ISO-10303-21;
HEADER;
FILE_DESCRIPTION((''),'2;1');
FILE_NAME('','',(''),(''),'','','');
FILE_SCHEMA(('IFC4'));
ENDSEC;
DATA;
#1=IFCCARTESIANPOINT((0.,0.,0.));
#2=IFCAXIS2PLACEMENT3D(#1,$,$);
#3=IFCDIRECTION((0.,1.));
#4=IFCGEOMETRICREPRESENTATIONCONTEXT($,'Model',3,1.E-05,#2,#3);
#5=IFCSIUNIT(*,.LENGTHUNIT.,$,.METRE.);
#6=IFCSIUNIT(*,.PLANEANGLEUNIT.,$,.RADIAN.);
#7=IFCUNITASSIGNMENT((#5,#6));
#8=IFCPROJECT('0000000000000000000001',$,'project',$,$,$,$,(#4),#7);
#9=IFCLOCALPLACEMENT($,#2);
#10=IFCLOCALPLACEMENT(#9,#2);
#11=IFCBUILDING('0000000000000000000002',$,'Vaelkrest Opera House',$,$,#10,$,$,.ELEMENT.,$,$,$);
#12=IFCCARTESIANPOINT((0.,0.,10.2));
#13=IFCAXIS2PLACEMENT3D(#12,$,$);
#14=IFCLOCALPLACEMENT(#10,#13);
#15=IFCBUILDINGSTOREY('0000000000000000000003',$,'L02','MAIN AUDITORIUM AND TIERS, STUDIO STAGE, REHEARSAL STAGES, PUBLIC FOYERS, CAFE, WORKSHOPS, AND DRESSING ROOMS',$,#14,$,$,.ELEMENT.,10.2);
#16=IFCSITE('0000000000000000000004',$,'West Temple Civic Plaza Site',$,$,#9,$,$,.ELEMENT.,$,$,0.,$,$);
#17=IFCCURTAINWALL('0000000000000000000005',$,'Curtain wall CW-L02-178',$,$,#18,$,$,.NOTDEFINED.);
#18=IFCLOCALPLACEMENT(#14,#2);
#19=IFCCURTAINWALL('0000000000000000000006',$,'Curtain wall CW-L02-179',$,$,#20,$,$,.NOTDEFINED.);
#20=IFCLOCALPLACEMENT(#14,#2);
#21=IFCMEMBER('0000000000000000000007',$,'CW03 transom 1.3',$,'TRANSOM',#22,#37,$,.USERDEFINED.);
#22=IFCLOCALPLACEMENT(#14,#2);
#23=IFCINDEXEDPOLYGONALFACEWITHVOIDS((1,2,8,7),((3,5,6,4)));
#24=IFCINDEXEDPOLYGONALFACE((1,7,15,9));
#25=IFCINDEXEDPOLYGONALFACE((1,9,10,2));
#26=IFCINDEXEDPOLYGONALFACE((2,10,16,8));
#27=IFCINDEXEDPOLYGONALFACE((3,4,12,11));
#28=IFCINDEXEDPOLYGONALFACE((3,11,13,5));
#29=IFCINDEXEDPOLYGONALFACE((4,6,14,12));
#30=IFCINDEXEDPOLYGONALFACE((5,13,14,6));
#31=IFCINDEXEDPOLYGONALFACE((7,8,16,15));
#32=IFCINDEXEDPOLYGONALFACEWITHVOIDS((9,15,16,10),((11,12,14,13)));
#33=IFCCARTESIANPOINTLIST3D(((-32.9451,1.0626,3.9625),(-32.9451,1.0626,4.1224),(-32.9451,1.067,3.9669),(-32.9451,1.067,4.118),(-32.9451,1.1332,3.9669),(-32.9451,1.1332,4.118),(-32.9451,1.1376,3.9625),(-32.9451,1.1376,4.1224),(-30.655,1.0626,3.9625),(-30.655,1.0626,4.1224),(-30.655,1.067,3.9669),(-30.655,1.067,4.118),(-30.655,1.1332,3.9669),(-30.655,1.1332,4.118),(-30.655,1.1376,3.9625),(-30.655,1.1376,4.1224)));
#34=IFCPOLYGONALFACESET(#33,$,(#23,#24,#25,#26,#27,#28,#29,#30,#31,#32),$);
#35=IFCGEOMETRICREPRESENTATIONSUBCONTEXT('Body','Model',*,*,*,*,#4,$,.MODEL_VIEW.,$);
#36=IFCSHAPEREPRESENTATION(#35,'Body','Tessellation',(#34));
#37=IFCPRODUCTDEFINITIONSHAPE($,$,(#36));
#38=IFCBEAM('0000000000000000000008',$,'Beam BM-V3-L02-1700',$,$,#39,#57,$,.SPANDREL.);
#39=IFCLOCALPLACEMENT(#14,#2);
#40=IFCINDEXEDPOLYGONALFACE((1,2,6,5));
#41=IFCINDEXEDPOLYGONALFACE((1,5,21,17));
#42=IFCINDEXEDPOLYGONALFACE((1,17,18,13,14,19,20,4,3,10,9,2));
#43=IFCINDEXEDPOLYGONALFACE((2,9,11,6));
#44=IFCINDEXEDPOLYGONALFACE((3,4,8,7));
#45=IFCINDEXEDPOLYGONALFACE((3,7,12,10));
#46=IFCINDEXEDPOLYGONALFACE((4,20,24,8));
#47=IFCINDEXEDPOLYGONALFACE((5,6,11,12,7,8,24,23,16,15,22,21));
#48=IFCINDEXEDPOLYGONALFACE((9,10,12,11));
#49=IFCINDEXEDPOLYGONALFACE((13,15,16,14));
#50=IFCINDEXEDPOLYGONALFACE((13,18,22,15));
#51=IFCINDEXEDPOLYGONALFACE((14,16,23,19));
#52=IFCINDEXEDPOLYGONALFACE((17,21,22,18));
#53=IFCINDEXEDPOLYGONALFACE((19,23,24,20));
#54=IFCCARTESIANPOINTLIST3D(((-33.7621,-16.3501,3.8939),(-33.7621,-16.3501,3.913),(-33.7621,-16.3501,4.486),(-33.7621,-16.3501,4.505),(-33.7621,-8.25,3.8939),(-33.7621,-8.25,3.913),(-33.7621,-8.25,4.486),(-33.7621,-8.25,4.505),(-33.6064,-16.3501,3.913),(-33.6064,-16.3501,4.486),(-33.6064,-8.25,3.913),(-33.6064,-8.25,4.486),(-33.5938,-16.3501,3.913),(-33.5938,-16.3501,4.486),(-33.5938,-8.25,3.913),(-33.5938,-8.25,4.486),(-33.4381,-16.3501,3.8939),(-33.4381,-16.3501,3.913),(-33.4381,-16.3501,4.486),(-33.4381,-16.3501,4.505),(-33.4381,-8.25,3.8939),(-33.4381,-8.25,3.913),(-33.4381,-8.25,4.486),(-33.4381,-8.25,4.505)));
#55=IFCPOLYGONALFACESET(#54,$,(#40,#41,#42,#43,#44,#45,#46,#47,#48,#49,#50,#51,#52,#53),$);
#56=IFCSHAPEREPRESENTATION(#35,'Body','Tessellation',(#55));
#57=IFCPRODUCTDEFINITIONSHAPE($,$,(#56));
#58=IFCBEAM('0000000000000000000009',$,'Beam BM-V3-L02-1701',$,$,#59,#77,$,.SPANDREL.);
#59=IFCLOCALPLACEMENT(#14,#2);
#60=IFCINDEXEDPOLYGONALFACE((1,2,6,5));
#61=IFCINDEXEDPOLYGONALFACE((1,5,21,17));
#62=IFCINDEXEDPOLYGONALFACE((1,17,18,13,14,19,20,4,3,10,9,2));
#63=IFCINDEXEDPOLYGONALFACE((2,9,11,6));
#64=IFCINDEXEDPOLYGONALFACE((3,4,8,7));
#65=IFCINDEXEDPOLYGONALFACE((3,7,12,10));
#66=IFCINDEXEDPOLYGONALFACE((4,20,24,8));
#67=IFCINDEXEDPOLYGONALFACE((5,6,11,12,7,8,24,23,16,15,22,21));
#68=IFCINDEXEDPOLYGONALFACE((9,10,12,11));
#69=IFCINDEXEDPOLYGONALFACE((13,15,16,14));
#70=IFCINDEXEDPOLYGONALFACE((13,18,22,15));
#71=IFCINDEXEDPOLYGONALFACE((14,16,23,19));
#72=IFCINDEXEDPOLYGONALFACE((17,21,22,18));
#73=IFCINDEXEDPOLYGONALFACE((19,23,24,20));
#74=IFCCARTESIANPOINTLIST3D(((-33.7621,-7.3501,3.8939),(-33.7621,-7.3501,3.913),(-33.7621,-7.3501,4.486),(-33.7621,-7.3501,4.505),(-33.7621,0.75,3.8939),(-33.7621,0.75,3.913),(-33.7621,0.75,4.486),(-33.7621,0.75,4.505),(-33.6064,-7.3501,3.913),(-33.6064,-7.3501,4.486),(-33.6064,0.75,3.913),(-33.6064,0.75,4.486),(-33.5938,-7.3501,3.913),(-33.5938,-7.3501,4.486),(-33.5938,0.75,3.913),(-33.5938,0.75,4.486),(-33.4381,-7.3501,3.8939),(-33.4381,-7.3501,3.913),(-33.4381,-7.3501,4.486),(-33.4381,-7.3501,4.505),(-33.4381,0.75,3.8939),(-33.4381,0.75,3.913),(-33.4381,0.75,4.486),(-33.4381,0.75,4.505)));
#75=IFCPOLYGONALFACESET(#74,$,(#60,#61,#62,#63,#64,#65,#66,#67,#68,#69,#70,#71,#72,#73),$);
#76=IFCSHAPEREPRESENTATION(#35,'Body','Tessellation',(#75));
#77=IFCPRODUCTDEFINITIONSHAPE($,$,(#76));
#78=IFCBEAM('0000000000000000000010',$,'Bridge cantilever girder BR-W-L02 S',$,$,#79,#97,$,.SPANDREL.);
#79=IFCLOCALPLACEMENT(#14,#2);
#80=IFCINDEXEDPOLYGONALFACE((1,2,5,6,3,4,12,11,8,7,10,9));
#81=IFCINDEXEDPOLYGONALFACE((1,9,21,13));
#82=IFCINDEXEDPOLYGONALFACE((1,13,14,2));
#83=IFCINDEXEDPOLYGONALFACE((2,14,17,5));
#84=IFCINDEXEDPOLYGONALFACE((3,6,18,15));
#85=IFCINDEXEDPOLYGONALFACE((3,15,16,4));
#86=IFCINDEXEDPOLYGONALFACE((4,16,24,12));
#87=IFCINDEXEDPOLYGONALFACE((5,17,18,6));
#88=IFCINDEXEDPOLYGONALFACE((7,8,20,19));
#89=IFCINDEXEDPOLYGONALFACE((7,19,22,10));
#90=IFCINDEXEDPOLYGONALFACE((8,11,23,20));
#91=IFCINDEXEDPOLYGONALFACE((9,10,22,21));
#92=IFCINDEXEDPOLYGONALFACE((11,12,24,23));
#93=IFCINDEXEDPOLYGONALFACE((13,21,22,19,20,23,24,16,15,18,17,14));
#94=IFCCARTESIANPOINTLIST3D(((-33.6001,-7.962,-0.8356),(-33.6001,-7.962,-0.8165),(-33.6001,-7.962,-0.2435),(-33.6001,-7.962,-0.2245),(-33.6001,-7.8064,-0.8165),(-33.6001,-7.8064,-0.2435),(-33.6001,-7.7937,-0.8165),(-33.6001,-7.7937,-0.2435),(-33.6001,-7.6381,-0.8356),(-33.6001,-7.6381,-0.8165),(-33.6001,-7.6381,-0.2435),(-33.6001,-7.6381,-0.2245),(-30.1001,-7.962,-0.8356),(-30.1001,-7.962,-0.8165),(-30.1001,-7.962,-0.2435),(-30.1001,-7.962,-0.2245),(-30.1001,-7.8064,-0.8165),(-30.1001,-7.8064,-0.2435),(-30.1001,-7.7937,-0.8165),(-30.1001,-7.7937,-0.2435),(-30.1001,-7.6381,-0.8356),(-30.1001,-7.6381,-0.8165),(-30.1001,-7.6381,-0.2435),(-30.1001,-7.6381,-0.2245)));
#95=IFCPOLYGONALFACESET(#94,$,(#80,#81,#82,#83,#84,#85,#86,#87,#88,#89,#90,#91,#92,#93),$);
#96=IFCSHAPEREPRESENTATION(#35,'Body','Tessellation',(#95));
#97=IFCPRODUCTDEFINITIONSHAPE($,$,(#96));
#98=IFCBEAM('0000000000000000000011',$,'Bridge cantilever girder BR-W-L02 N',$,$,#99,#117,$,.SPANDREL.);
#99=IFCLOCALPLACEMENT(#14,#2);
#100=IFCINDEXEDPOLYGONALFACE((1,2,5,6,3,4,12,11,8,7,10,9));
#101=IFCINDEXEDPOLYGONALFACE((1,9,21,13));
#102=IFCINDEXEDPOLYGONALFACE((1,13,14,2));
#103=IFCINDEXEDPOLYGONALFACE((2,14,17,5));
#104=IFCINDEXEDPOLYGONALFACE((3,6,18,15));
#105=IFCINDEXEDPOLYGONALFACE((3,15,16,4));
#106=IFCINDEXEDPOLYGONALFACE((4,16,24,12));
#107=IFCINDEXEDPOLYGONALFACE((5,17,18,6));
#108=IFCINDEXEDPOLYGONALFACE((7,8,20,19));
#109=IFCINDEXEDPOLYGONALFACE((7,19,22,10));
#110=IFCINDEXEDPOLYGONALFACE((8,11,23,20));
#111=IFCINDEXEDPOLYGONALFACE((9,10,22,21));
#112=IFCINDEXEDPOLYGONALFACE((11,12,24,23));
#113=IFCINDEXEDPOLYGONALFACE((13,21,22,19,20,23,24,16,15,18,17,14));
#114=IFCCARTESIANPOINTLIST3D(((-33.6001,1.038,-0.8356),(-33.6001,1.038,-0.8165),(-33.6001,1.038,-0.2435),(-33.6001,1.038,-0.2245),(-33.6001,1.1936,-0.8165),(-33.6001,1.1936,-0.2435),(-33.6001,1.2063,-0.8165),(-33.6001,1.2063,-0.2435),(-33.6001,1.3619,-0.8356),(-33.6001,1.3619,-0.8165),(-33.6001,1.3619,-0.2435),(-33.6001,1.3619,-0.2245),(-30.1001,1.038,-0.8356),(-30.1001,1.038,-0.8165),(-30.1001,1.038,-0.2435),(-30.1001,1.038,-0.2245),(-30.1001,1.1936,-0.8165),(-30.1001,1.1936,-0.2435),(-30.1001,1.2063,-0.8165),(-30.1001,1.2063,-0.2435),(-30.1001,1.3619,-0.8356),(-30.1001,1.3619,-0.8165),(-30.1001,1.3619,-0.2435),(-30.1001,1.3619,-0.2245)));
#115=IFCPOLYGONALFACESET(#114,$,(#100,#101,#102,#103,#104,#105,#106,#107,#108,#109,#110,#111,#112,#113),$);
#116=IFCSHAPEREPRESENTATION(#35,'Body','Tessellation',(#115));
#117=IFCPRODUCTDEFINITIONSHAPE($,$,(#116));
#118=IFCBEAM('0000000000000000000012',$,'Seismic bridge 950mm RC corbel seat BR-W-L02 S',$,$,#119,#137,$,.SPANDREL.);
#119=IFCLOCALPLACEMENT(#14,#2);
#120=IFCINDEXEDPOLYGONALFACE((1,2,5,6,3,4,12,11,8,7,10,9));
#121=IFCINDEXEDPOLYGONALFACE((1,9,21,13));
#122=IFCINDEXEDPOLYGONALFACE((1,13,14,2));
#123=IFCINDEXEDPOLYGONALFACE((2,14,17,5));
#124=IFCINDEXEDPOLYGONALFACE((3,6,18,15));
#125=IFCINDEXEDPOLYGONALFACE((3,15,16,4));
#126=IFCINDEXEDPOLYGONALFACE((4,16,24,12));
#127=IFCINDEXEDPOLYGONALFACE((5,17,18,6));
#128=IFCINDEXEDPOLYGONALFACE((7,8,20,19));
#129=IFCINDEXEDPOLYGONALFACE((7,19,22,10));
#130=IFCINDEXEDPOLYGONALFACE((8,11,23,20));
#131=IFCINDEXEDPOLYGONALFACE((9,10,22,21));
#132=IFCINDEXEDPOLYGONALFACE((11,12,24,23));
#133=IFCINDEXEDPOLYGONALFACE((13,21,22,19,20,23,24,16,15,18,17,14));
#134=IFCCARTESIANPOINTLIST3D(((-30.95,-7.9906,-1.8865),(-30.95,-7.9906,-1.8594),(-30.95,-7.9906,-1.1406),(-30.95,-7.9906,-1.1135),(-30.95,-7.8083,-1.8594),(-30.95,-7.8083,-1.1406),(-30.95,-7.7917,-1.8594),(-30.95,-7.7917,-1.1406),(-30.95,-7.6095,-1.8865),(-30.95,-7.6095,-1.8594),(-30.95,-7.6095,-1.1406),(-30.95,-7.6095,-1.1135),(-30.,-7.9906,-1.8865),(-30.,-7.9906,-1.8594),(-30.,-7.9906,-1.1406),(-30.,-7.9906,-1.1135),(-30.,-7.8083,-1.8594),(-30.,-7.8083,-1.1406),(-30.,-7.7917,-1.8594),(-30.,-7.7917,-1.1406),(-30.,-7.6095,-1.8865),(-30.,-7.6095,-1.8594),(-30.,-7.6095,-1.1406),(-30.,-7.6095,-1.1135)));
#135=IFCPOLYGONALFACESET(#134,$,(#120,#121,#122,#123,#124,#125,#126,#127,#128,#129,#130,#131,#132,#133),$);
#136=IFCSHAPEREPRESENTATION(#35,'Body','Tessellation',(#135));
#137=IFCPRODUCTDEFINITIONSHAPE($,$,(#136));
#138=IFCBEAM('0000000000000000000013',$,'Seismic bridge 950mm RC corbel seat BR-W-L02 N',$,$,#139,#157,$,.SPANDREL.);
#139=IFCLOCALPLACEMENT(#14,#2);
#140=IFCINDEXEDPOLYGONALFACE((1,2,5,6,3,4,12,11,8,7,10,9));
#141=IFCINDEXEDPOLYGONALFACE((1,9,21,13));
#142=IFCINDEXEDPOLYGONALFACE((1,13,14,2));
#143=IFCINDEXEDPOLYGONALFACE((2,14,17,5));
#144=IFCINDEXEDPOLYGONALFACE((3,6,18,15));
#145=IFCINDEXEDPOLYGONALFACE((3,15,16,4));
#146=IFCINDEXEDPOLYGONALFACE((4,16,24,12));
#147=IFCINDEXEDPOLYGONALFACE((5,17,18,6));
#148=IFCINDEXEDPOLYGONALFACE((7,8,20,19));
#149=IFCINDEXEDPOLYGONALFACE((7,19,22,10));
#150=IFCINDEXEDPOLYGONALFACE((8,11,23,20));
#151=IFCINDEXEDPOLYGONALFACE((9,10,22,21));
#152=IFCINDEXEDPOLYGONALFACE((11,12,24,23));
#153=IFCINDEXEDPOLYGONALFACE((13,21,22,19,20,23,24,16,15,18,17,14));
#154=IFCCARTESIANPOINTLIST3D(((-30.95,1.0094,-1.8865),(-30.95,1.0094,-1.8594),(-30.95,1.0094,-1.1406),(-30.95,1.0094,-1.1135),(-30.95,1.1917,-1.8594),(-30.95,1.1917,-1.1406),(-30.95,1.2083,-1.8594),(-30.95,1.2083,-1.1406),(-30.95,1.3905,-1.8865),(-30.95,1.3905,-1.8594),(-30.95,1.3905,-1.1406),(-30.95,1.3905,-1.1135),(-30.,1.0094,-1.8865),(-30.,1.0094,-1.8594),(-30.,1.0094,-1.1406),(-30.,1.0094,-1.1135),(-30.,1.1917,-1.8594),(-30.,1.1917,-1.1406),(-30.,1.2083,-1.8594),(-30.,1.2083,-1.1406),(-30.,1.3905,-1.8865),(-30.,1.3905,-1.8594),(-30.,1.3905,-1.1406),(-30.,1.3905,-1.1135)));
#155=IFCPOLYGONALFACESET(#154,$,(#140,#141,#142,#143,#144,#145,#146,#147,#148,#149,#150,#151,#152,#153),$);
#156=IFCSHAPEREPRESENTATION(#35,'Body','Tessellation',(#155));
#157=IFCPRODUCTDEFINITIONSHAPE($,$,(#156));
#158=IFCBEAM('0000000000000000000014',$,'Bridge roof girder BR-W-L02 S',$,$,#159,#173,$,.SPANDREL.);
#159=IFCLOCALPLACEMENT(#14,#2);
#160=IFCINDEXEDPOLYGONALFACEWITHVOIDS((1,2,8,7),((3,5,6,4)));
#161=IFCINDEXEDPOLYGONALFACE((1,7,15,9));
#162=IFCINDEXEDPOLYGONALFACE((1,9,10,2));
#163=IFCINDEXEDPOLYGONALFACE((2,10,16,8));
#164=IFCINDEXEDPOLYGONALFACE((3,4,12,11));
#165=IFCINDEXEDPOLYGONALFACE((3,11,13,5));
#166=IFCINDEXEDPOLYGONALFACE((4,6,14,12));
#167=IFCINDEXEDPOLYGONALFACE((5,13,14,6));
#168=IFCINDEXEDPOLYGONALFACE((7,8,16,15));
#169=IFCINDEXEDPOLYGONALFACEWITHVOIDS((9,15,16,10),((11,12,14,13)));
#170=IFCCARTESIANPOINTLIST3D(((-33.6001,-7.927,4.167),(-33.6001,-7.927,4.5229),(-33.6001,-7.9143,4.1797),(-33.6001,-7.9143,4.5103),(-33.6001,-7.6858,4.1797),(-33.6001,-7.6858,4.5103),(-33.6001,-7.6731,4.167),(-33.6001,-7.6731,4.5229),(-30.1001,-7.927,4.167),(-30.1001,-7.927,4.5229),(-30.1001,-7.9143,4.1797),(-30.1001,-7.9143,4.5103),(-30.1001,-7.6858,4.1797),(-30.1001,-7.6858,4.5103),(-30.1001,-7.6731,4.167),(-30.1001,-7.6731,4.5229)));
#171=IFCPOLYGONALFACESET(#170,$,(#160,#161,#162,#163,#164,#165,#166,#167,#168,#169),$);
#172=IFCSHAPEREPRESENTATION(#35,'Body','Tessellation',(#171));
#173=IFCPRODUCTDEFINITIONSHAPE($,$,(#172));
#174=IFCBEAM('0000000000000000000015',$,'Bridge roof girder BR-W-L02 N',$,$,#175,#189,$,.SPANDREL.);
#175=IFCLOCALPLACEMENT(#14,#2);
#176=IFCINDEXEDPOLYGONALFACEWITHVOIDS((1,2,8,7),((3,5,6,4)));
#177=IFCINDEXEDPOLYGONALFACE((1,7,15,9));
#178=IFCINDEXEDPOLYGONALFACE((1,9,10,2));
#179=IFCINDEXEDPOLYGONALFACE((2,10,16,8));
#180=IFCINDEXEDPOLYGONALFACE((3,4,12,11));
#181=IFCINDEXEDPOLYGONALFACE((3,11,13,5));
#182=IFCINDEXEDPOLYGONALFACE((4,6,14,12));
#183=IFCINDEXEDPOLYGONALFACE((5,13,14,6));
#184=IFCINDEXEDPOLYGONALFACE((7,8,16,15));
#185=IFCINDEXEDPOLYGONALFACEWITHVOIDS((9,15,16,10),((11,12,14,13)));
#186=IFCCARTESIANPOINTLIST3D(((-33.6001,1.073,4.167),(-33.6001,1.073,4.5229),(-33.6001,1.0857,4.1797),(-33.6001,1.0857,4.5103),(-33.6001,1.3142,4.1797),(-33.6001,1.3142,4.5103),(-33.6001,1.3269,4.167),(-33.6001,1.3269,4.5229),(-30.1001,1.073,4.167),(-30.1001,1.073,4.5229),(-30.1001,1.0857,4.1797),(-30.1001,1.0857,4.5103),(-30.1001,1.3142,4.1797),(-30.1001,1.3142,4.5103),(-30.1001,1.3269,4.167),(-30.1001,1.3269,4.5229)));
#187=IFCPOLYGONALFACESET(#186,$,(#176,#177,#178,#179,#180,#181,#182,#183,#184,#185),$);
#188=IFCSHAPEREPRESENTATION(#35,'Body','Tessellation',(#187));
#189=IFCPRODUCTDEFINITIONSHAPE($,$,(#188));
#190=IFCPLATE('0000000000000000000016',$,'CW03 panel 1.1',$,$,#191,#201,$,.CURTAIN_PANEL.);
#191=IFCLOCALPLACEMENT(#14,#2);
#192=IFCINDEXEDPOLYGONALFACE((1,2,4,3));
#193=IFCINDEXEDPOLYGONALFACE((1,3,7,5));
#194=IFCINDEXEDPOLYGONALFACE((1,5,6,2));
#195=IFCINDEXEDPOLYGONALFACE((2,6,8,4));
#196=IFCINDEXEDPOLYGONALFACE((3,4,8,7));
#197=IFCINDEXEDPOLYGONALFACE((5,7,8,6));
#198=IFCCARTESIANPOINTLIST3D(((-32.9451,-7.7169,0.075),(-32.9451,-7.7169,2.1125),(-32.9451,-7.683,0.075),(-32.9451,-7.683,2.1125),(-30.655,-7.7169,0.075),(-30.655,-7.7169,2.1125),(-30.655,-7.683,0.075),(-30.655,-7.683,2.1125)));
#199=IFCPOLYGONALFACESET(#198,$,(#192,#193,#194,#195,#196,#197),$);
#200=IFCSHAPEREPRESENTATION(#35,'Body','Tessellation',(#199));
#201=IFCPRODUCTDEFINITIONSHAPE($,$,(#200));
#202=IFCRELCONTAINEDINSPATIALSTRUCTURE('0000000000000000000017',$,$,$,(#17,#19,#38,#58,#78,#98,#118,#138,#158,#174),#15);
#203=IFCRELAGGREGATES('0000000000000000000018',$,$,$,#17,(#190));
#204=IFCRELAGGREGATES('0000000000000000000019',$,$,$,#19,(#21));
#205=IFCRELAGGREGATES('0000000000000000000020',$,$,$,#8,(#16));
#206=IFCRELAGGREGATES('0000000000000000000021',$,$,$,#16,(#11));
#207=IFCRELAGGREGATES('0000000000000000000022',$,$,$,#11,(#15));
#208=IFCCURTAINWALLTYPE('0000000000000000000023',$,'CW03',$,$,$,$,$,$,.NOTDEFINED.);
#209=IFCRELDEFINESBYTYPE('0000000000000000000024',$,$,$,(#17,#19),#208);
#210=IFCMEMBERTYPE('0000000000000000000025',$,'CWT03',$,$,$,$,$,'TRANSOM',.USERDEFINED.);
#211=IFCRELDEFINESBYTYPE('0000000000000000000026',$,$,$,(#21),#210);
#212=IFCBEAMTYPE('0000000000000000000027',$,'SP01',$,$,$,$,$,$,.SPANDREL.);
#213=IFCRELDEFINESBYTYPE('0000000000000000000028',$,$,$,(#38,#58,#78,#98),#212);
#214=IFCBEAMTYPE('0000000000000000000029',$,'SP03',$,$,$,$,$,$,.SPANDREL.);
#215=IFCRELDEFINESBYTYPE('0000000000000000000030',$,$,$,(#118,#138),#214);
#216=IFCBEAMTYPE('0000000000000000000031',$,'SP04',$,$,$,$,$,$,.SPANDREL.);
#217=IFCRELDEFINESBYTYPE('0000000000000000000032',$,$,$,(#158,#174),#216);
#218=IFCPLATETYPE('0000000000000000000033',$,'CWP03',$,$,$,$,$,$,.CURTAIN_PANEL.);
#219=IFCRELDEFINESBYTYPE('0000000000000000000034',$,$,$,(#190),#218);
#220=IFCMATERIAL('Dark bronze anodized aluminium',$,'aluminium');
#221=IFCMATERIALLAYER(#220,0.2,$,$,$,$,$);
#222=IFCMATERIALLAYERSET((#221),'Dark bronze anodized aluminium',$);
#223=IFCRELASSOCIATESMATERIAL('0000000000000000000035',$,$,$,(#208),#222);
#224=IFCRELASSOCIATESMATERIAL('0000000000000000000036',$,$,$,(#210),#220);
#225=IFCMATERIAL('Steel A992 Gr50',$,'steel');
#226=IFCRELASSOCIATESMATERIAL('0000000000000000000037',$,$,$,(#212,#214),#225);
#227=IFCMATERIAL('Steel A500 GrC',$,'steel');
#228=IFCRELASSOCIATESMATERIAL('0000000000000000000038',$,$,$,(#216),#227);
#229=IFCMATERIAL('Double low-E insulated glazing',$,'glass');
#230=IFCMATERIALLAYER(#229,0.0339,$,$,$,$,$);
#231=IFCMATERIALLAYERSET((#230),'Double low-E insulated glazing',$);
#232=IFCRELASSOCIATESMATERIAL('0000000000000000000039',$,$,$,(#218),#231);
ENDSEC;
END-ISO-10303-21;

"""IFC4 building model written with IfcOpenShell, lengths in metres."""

from ifc_helpers import new_model, si_unit, direction, frame, origin, origin_2d, place, context, subcontext, project, spatial, rectangle, hollow_rectangle, i_section, extrude, material, layer, layer_set, material_profile, profile_set, type_object, element, aggregate, save


model = new_model("IFC4")

# Units and contexts
model_context = context("Model", 3, precision=1e-05, world=origin(), true_north=direction((0.0, 1.0)))
body_context = subcontext(model_context, "Body", "Model", "MODEL_VIEW")
ifc_project = project(units=[si_unit("LENGTHUNIT", "METRE"), si_unit("PLANEANGLEUNIT", "RADIAN")], contexts=[model_context])

# Site, building, storey
site_placement = place(None, origin())
site = spatial("IfcSite", under=ifc_project, at=site_placement, Name="West Temple Civic Plaza Site", CompositionType="ELEMENT", RefElevation=0.0)
building_placement = place(site_placement, origin())
building = spatial("IfcBuilding", under=site, at=building_placement, Name="Vaelkrest Opera House", CompositionType="ELEMENT")
storey_placement = place(building_placement, frame((0.0, 0.0, 10.2)))
storey = spatial("IfcBuildingStorey", under=building, at=storey_placement, Name="L02", Description="MAIN AUDITORIUM AND TIERS, STUDIO STAGE, REHEARSAL STAGES, PUBLIC FOYERS, CAFE, WORKSHOPS, AND DRESSING ROOMS", CompositionType="ELEMENT", Elevation=10.2)

# Curtain walls
ifc_material_1 = material(Name="Dark bronze anodized aluminium", Category="aluminium")
ifc_layer_1 = layer(ifc_material_1, 0.2)
ifc_layer_set_1 = layer_set([ifc_layer_1], Name="Dark bronze anodized aluminium")
curtain_wall_type = type_object("IfcCurtainWallType", Name="CW03", PredefinedType="NOTDEFINED", material=ifc_layer_set_1)
curtain_wall_1_placement = place(storey_placement, origin())
curtain_wall_1 = element("IfcCurtainWall", 1, at=curtain_wall_1_placement, inside=storey, type_object=curtain_wall_type, Name="Curtain wall CW-L02-178", PredefinedType="NOTDEFINED")
curtain_wall_2_placement = place(storey_placement, origin())
curtain_wall_2 = element("IfcCurtainWall", 2, at=curtain_wall_2_placement, inside=storey, type_object=curtain_wall_type, Name="Curtain wall CW-L02-179", PredefinedType="NOTDEFINED")

# Member
ifc_material_profile_1 = material_profile(ifc_material_1, hollow_rectangle(XDim=0.075, YDim=0.1599, WallThickness=0.0044, at=origin_2d()), Name="CWT75X160")
ifc_profile_set_1 = profile_set([ifc_material_profile_1], Name="Dark bronze anodized aluminium")
member_type_1 = type_object("IfcMemberType", Name="CWT03", ElementType="TRANSOM", PredefinedType="USERDEFINED", material=ifc_profile_set_1)
member_1_placement = place(storey_placement, frame((-32.9451, 1.1001, 4.0425), z_axis=(1.0, 0.0, 0.0), x_axis=(0.0, 1.0, 0.0)))
member_1 = element("IfcMember", 3, at=member_1_placement, type_object=member_type_1, Name="CW03 transom 1.3", ObjectType="TRANSOM", PredefinedType="USERDEFINED", context=body_context, shape_type="SweptSolid", body=[
    extrude(hollow_rectangle(XDim=0.075, YDim=0.1599, WallThickness=0.0044, at=origin_2d()), origin(), (0.0, 0.0, 1.0), 2.29),
])

# Beams
ifc_material_2 = material(Name="Steel A992 Gr50", Category="steel")
ifc_material_profile_2 = material_profile(ifc_material_2, i_section(OverallWidth=0.324, OverallDepth=0.6111, WebThickness=0.0127, FlangeThickness=0.019, at=origin_2d()), Name="W24X104")
ifc_profile_set_2 = profile_set([ifc_material_profile_2], Name="Steel A992 Gr50")
beam_type_1 = type_object("IfcBeamType", Name="SP01", PredefinedType="SPANDREL", material=ifc_profile_set_2)
for number, where, z_axis, x_axis, name in (
    (4, (-33.6001, -16.3501, 4.1995), (0.0, 1.0, 0.0), (-1.0, 0.0, 0.0), "Beam BM-V3-L02-1700"),
    (5, (-33.6001, -7.3501, 4.1995), (0.0, 1.0, 0.0), (-1.0, 0.0, 0.0), "Beam BM-V3-L02-1701"),
):
    element("IfcBeam", number, at=place(storey_placement, frame(where, z_axis=z_axis, x_axis=x_axis)), inside=storey, type_object=beam_type_1, Name=name, PredefinedType="SPANDREL", context=body_context, shape_type="SweptSolid", body=[
        extrude(i_section(OverallWidth=0.324, OverallDepth=0.6111, WebThickness=0.0127, FlangeThickness=0.019, at=origin_2d()), origin(), (0.0, 0.0, 1.0), 8.1001),
    ])
for number, where, z_axis, x_axis, name in (
    (6, (-33.6001, -7.8, -0.53), (1.0, 0.0, 0.0), (0.0, 1.0, 0.0), "Bridge cantilever girder BR-W-L02 S"),
    (7, (-33.6001, 1.2, -0.53), (1.0, 0.0, 0.0), (0.0, 1.0, 0.0), "Bridge cantilever girder BR-W-L02 N"),
):
    element("IfcBeam", number, at=place(storey_placement, frame(where, z_axis=z_axis, x_axis=x_axis)), inside=storey, type_object=beam_type_1, Name=name, PredefinedType="SPANDREL", context=body_context, shape_type="SweptSolid", body=[
        extrude(i_section(OverallWidth=0.324, OverallDepth=0.6111, WebThickness=0.0127, FlangeThickness=0.019, at=origin_2d()), origin(), (0.0, 0.0, 1.0), 3.5),
    ])
ifc_material_profile_3 = material_profile(ifc_material_2, i_section(OverallWidth=0.3811, OverallDepth=0.7729, WebThickness=0.0166, FlangeThickness=0.0271, at=origin_2d()), Name="W30X173")
ifc_profile_set_3 = profile_set([ifc_material_profile_3], Name="Steel A992 Gr50")
beam_type_2 = type_object("IfcBeamType", Name="SP03", PredefinedType="SPANDREL", material=ifc_profile_set_3)
for number, where, z_axis, x_axis, name in (
    (8, (-30.95, -7.8, -1.5), (1.0, 0.0, 0.0), (0.0, 1.0, 0.0), "Seismic bridge 950mm RC corbel seat BR-W-L02 S"),
    (9, (-30.95, 1.2, -1.5), (1.0, 0.0, 0.0), (0.0, 1.0, 0.0), "Seismic bridge 950mm RC corbel seat BR-W-L02 N"),
):
    element("IfcBeam", number, at=place(storey_placement, frame(where, z_axis=z_axis, x_axis=x_axis)), inside=storey, type_object=beam_type_2, Name=name, PredefinedType="SPANDREL", context=body_context, shape_type="SweptSolid", body=[
        extrude(i_section(OverallWidth=0.3811, OverallDepth=0.7729, WebThickness=0.0166, FlangeThickness=0.0271, at=origin_2d()), origin(), (0.0, 0.0, 1.0), 0.95),
    ])
ifc_material_3 = material(Name="Steel A500 GrC", Category="steel")
ifc_material_profile_4 = material_profile(ifc_material_3, hollow_rectangle(XDim=0.2539, YDim=0.356, WallThickness=0.0127, at=origin_2d()), Name="HSS356X254X12.7")
ifc_profile_set_4 = profile_set([ifc_material_profile_4], Name="Steel A500 GrC")
beam_type_3 = type_object("IfcBeamType", Name="SP04", PredefinedType="SPANDREL", material=ifc_profile_set_4)
for number, where, z_axis, x_axis, name in (
    (10, (-33.6001, -7.8, 4.345), (1.0, 0.0, 0.0), (0.0, 1.0, 0.0), "Bridge roof girder BR-W-L02 S"),
    (11, (-33.6001, 1.2, 4.345), (1.0, 0.0, 0.0), (0.0, 1.0, 0.0), "Bridge roof girder BR-W-L02 N"),
):
    element("IfcBeam", number, at=place(storey_placement, frame(where, z_axis=z_axis, x_axis=x_axis)), inside=storey, type_object=beam_type_3, Name=name, PredefinedType="SPANDREL", context=body_context, shape_type="SweptSolid", body=[
        extrude(hollow_rectangle(XDim=0.2539, YDim=0.356, WallThickness=0.0127, at=origin_2d()), origin(), (0.0, 0.0, 1.0), 3.5),
    ])

# Plate
ifc_material_4 = material(Name="Double low-E insulated glazing", Category="glass")
ifc_layer_2 = layer(ifc_material_4, 0.0339)
ifc_layer_set_2 = layer_set([ifc_layer_2], Name="Double low-E insulated glazing")
plate_type = type_object("IfcPlateType", Name="CWP03", PredefinedType="CURTAIN_PANEL", material=ifc_layer_set_2)
plate_1_placement = place(storey_placement, frame((-31.8, -7.7, 0.075), z_axis=(0.0, 0.0, 1.0), x_axis=(-1.0, 0.0, 0.0)))
plate_1 = element("IfcPlate", 12, at=plate_1_placement, type_object=plate_type, Name="CW03 panel 1.1", PredefinedType="CURTAIN_PANEL", context=body_context, shape_type="SweptSolid", body=[
    extrude(rectangle(XDim=2.29, YDim=0.0339, at=origin_2d()), origin(), (0.0, 0.0, 1.0), 2.0376),
])
aggregate(curtain_wall_1, [plate_1])
aggregate(curtain_wall_2, [member_1])

save(model, "model.ifc")
